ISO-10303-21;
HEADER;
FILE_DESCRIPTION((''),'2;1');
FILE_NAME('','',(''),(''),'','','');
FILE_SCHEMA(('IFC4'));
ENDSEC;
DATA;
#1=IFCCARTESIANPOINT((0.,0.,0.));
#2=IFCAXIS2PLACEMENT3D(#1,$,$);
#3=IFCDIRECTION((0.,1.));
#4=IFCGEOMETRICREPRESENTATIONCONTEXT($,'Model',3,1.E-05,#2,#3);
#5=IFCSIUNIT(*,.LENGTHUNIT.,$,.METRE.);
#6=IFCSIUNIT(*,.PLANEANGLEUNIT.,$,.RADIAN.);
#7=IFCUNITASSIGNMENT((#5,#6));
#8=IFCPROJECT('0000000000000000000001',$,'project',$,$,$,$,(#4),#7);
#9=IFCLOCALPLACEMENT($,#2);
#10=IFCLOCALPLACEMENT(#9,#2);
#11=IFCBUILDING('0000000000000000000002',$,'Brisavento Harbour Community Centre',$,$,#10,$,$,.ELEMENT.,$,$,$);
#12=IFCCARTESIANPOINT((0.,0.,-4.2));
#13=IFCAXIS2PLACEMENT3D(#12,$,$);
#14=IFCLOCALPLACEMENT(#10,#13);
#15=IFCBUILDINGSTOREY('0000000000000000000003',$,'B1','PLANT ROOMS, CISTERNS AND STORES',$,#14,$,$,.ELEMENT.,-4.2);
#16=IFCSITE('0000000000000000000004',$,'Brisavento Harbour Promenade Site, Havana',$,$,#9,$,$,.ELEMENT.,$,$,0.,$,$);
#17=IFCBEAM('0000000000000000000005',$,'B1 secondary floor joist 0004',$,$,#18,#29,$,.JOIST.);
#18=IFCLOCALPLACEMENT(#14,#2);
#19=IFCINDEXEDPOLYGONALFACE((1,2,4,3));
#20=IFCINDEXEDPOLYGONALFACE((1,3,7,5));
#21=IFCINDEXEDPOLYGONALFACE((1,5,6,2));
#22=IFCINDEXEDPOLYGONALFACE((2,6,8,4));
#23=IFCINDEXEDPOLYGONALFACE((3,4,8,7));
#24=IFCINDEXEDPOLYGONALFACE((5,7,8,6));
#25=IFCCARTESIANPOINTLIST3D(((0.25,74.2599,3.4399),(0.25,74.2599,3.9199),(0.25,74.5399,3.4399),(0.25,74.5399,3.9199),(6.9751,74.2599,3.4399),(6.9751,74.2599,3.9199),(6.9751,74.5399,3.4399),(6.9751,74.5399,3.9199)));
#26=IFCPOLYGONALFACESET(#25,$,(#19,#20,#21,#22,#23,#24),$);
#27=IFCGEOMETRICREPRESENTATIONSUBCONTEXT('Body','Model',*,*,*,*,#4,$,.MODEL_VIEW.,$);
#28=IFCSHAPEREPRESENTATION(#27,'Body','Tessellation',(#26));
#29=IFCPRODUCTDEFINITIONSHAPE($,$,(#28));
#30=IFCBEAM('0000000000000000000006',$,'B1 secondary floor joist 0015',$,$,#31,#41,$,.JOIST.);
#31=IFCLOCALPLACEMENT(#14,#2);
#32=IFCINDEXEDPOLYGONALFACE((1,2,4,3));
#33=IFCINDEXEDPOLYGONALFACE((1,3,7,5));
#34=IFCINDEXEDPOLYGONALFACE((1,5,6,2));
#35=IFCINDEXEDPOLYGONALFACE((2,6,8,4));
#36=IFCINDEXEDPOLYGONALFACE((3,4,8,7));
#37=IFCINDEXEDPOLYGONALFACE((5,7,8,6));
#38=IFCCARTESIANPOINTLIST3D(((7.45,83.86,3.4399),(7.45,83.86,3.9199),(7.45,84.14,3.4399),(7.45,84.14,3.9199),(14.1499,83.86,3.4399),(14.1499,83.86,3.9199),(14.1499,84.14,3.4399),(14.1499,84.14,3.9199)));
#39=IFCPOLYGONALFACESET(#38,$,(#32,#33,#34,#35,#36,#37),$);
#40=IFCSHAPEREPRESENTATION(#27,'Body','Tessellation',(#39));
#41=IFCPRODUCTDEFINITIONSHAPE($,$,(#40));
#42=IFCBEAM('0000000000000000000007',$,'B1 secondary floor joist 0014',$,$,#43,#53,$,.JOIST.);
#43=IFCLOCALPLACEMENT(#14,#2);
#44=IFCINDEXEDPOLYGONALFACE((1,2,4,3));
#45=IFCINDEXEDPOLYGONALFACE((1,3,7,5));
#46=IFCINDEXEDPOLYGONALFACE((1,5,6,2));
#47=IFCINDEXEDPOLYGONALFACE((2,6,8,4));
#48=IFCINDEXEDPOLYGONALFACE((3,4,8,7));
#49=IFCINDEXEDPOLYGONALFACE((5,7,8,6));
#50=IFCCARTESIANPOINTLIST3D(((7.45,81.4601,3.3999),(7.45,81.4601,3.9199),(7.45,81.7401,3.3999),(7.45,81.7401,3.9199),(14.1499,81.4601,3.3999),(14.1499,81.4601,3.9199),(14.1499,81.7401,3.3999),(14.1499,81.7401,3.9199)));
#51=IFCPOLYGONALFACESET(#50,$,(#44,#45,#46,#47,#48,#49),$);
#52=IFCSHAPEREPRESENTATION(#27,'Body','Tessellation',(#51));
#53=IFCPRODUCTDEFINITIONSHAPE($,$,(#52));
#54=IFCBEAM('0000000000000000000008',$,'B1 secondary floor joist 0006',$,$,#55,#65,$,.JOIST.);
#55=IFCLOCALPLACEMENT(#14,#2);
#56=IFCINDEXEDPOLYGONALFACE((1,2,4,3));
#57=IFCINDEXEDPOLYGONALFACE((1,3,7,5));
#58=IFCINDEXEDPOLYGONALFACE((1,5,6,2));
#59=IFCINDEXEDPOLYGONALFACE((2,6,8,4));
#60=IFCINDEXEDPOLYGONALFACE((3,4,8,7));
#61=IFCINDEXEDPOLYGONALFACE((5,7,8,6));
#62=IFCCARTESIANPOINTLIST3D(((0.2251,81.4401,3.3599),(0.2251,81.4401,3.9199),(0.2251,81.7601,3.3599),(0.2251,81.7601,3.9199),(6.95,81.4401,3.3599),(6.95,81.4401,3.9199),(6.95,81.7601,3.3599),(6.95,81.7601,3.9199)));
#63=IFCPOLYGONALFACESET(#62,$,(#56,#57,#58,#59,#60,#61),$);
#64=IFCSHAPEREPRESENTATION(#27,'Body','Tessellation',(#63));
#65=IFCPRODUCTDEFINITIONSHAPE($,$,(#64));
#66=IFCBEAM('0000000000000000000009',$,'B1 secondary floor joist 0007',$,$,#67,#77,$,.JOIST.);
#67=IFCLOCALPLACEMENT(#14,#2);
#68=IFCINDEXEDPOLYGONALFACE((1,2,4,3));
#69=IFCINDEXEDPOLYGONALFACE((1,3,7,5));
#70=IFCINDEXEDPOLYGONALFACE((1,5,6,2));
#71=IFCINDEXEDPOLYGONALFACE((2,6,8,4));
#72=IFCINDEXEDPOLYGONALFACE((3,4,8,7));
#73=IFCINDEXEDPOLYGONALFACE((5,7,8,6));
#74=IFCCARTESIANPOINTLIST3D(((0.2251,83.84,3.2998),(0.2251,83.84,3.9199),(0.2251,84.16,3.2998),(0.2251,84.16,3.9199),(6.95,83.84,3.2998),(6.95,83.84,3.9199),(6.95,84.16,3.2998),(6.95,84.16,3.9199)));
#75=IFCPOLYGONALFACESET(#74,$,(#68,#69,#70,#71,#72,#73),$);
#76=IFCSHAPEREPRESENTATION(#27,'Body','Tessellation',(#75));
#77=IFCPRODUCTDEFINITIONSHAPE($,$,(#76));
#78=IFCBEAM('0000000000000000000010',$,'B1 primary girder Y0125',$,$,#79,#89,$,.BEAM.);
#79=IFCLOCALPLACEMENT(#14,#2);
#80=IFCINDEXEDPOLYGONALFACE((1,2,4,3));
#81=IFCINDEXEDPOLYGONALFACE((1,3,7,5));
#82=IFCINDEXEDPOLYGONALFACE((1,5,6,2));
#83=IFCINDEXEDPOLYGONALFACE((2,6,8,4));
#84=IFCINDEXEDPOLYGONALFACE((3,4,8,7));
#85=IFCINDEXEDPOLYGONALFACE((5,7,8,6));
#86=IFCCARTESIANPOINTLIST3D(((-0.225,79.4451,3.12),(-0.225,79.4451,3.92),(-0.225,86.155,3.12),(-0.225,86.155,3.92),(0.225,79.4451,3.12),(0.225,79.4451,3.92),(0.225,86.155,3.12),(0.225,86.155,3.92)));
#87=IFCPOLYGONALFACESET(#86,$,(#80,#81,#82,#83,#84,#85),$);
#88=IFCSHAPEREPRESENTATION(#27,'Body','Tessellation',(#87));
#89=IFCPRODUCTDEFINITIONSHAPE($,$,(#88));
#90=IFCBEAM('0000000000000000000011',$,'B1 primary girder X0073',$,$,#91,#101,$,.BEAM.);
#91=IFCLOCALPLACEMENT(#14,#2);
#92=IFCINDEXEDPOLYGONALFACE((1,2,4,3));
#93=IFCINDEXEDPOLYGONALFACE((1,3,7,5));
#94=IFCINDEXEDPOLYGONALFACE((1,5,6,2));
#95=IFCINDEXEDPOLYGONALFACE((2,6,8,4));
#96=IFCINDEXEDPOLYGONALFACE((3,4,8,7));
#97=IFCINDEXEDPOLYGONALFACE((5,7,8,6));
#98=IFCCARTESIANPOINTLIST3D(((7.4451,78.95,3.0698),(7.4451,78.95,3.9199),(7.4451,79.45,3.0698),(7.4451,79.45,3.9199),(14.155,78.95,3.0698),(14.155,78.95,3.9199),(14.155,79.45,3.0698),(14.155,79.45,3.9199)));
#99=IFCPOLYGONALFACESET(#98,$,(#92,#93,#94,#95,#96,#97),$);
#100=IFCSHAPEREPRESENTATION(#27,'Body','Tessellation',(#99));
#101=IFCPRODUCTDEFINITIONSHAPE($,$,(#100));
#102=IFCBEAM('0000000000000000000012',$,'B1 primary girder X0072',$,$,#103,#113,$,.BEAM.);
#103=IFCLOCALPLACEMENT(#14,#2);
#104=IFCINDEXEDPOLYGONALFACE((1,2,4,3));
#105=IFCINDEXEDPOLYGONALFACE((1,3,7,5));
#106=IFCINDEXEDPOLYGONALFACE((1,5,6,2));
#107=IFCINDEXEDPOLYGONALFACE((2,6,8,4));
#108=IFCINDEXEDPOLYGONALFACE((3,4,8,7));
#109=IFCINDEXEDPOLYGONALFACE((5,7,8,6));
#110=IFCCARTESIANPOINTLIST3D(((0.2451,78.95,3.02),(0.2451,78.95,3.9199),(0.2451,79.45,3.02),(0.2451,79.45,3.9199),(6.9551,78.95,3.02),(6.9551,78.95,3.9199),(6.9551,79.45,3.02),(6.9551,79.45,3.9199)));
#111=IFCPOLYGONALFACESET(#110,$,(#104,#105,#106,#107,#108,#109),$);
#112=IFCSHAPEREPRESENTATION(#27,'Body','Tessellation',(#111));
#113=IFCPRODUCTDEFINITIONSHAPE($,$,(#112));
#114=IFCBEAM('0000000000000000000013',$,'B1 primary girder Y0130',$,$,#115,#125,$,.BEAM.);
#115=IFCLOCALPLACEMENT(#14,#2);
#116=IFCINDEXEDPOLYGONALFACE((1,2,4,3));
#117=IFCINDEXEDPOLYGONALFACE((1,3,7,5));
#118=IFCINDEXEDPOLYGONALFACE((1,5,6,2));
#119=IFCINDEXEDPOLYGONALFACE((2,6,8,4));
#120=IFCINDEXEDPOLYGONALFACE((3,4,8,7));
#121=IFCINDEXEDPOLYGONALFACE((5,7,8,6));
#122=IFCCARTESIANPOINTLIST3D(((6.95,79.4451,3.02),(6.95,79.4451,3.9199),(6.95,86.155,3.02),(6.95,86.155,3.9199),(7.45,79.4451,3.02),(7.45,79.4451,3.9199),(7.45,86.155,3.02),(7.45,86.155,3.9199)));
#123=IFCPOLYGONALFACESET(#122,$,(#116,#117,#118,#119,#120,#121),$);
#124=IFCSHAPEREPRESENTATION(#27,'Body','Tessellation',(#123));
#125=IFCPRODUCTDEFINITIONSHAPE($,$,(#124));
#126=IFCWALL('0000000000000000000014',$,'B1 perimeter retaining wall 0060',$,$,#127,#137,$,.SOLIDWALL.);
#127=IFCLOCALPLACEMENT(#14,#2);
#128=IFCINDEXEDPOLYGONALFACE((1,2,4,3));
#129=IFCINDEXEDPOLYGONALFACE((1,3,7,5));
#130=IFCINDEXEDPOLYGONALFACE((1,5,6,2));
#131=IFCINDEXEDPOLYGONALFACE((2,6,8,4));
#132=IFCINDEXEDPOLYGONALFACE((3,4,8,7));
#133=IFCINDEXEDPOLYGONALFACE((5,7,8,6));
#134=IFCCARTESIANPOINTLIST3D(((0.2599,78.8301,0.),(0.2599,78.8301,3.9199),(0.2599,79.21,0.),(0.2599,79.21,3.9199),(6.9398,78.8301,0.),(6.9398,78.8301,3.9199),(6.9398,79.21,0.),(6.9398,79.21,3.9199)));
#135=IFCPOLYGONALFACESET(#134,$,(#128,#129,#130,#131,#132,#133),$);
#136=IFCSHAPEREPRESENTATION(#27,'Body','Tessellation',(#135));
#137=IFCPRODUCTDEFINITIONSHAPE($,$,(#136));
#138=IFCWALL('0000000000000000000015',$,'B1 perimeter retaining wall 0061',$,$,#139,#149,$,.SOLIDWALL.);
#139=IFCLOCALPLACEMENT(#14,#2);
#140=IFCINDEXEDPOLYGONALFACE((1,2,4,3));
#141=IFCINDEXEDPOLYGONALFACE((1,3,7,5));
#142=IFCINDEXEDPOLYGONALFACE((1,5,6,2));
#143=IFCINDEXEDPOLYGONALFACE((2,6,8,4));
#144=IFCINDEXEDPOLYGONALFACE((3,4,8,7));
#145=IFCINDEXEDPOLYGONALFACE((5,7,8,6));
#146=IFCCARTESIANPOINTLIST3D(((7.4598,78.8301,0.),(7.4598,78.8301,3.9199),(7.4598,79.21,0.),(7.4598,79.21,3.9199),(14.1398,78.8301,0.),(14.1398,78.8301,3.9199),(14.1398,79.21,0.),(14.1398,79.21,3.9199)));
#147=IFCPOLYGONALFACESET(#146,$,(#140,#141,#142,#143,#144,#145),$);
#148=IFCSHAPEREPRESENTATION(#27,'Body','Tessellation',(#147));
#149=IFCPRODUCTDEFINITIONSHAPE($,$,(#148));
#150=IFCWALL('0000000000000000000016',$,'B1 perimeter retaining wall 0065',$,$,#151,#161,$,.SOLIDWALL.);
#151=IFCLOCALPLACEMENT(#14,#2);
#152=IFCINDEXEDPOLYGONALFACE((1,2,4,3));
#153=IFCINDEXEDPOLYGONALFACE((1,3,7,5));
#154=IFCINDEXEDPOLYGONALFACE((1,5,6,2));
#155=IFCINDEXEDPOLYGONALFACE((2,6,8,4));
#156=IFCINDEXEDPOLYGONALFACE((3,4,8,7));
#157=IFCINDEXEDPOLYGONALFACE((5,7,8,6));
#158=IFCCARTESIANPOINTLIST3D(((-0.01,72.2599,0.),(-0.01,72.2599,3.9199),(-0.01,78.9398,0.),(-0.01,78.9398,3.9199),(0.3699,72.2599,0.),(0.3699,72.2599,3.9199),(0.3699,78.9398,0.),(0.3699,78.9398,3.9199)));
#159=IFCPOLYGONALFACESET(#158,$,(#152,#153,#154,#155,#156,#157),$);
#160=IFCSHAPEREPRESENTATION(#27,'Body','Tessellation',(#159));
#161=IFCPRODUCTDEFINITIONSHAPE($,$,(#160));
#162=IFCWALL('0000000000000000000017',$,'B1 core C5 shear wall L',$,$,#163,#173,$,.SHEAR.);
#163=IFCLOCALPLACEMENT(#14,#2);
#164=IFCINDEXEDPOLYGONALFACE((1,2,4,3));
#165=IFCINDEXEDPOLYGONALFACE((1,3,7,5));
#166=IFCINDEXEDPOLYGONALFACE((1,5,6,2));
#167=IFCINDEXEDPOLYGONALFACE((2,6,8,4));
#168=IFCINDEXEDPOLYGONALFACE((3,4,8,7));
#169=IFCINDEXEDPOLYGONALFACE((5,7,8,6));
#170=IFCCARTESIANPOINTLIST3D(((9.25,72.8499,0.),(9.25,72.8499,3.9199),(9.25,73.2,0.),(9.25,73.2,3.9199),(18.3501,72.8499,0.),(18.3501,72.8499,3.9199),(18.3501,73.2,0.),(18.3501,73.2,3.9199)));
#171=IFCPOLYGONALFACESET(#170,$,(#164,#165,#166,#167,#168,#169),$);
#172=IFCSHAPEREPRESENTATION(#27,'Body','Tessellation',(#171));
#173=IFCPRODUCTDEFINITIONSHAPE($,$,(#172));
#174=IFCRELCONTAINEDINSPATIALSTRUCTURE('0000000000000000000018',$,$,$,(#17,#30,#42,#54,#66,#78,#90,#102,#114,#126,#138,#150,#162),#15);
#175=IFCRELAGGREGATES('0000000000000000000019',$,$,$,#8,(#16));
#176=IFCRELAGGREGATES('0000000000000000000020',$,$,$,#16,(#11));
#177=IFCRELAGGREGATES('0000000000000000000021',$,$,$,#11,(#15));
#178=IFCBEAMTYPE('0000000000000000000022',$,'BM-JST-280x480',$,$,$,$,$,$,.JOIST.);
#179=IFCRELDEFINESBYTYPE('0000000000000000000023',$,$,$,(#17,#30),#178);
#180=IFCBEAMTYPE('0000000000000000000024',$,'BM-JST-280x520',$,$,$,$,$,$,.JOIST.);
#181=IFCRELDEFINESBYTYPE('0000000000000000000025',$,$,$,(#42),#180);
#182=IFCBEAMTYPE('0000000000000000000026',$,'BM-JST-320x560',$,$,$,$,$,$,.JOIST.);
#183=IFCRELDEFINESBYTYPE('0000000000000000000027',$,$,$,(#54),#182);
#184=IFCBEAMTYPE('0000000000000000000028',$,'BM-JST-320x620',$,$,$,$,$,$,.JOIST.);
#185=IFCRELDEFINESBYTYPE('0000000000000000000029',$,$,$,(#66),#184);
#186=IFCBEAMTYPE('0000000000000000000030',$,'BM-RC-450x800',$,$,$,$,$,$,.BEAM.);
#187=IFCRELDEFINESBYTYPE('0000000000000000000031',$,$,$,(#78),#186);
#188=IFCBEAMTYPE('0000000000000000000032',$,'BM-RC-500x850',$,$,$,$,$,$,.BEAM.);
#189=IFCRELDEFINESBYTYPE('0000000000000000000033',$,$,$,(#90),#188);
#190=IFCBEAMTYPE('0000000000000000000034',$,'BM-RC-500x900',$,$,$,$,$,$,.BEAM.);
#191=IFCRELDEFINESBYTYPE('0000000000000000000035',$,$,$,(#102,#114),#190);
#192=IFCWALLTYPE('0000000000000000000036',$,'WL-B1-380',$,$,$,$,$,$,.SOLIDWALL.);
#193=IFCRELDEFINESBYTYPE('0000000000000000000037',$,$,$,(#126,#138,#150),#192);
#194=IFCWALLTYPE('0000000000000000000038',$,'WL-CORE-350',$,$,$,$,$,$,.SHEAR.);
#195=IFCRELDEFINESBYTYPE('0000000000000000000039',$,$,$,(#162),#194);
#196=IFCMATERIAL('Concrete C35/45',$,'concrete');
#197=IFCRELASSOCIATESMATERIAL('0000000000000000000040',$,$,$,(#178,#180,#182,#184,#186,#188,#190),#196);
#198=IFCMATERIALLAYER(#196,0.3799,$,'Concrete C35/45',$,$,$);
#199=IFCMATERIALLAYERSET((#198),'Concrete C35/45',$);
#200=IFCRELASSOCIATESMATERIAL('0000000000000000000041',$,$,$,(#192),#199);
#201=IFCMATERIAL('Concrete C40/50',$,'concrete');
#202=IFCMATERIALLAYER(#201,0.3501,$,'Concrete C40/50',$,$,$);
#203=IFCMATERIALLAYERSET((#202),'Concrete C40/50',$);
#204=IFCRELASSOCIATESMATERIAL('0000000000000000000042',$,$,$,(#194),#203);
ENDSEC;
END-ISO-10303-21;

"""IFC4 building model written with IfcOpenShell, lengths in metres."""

from ifc_helpers import new_model, si_unit, direction, frame, frame_2d, origin, origin_2d, place, context, subcontext, project, spatial, rectangle, extrude, material, layer, layer_set, material_profile, profile_set, type_object, element, save


model = new_model("IFC4")

# Units and contexts
model_context = context("Model", 3, precision=1e-05, world=origin(), true_north=direction((0.0, 1.0)))
body_context = subcontext(model_context, "Body", "Model", "MODEL_VIEW")
ifc_project = project(units=[si_unit("LENGTHUNIT", "METRE"), si_unit("PLANEANGLEUNIT", "RADIAN")], contexts=[model_context])

# Site, building, storey
site_placement = place(None, origin())
site = spatial("IfcSite", under=ifc_project, at=site_placement, Name="Brisavento Harbour Promenade Site, Havana", CompositionType="ELEMENT", RefElevation=0.0)
building_placement = place(site_placement, origin())
building = spatial("IfcBuilding", under=site, at=building_placement, Name="Brisavento Harbour Community Centre", CompositionType="ELEMENT")
storey_placement = place(building_placement, frame((0.0, 0.0, -4.2)))
storey = spatial("IfcBuildingStorey", under=building, at=storey_placement, Name="B1", Description="PLANT ROOMS, CISTERNS AND STORES", CompositionType="ELEMENT", Elevation=-4.2)

# Shared definitions
ifc_material_1 = material(Name="Concrete C35/45", Category="concrete")

# Beams
ifc_material_profile_1 = material_profile(ifc_material_1, rectangle(XDim=0.28, YDim=0.48, at=origin_2d()), Name="Concrete C35/45")
ifc_profile_set_1 = profile_set([ifc_material_profile_1], Name="Concrete C35/45")
beam_type_1 = type_object("IfcBeamType", Name="BM-JST-280x480", PredefinedType="JOIST", material=ifc_profile_set_1)
beam_1_placement = place(storey_placement, frame((0.25, 74.3999, 3.6799), z_axis=(1.0, 0.0, 0.0), x_axis=(0.0, 1.0, 0.0)))
element("IfcBeam", 1, at=beam_1_placement, inside=storey, type_object=beam_type_1, Name="B1 secondary floor joist 0004", PredefinedType="JOIST", context=body_context, shape_type="SweptSolid", body=[
    extrude(rectangle(XDim=0.28, YDim=0.48, at=origin_2d()), origin(), (0.0, 0.0, 1.0), 6.7251),
])
beam_2_placement = place(storey_placement, frame((7.45, 84.0, 3.6799), z_axis=(1.0, 0.0, 0.0), x_axis=(0.0, 1.0, 0.0)))
element("IfcBeam", 2, at=beam_2_placement, inside=storey, type_object=beam_type_1, Name="B1 secondary floor joist 0015", PredefinedType="JOIST", context=body_context, shape_type="SweptSolid", body=[
    extrude(rectangle(XDim=0.28, YDim=0.48, at=origin_2d()), origin(), (0.0, 0.0, 1.0), 6.7),
])
ifc_material_profile_2 = material_profile(ifc_material_1, rectangle(XDim=0.28, YDim=0.52, at=origin_2d()), Name="Concrete C35/45")
ifc_profile_set_2 = profile_set([ifc_material_profile_2], Name="Concrete C35/45")
beam_type_2 = type_object("IfcBeamType", Name="BM-JST-280x520", PredefinedType="JOIST", material=ifc_profile_set_2)
beam_3_placement = place(storey_placement, frame((7.45, 81.6001, 3.6599), z_axis=(1.0, 0.0, 0.0), x_axis=(0.0, 1.0, 0.0)))
element("IfcBeam", 3, at=beam_3_placement, inside=storey, type_object=beam_type_2, Name="B1 secondary floor joist 0014", PredefinedType="JOIST", context=body_context, shape_type="SweptSolid", body=[
    extrude(rectangle(XDim=0.28, YDim=0.52, at=origin_2d()), origin(), (0.0, 0.0, 1.0), 6.7),
])
ifc_material_profile_3 = material_profile(ifc_material_1, rectangle(XDim=0.3201, YDim=0.5601, at=origin_2d()), Name="Concrete C35/45")
ifc_profile_set_3 = profile_set([ifc_material_profile_3], Name="Concrete C35/45")
beam_type_3 = type_object("IfcBeamType", Name="BM-JST-320x560", PredefinedType="JOIST", material=ifc_profile_set_3)
beam_4_placement = place(storey_placement, frame((0.2251, 81.6001, 3.6399), z_axis=(1.0, 0.0, 0.0), x_axis=(0.0, 1.0, 0.0)))
element("IfcBeam", 4, at=beam_4_placement, inside=storey, type_object=beam_type_3, Name="B1 secondary floor joist 0006", PredefinedType="JOIST", context=body_context, shape_type="SweptSolid", body=[
    extrude(rectangle(XDim=0.3201, YDim=0.5601, at=origin_2d()), origin(), (0.0, 0.0, 1.0), 6.7249),
])
ifc_material_profile_4 = material_profile(ifc_material_1, rectangle(XDim=0.3201, YDim=0.6201, at=origin_2d()), Name="Concrete C35/45")
ifc_profile_set_4 = profile_set([ifc_material_profile_4], Name="Concrete C35/45")
beam_type_4 = type_object("IfcBeamType", Name="BM-JST-320x620", PredefinedType="JOIST", material=ifc_profile_set_4)
beam_5_placement = place(storey_placement, frame((0.2251, 84.0, 3.6099), z_axis=(1.0, 0.0, 0.0), x_axis=(0.0, 1.0, 0.0)))
element("IfcBeam", 5, at=beam_5_placement, inside=storey, type_object=beam_type_4, Name="B1 secondary floor joist 0007", PredefinedType="JOIST", context=body_context, shape_type="SweptSolid", body=[
    extrude(rectangle(XDim=0.3201, YDim=0.6201, at=origin_2d()), origin(), (0.0, 0.0, 1.0), 6.7249),
])
ifc_material_profile_5 = material_profile(ifc_material_1, rectangle(XDim=0.45, YDim=0.8, at=origin_2d()), Name="Concrete C35/45")
ifc_profile_set_5 = profile_set([ifc_material_profile_5], Name="Concrete C35/45")
beam_type_5 = type_object("IfcBeamType", Name="BM-RC-450x800", PredefinedType="BEAM", material=ifc_profile_set_5)
beam_6_placement = place(storey_placement, frame((0.0, 79.4451, 3.52), z_axis=(0.0, 1.0, 0.0), x_axis=(-1.0, 0.0, 0.0)))
element("IfcBeam", 6, at=beam_6_placement, inside=storey, type_object=beam_type_5, Name="B1 primary girder Y0125", PredefinedType="BEAM", context=body_context, shape_type="SweptSolid", body=[
    extrude(rectangle(XDim=0.45, YDim=0.8, at=origin_2d()), origin(), (0.0, 0.0, 1.0), 6.71),
])
ifc_material_profile_6 = material_profile(ifc_material_1, rectangle(XDim=0.5, YDim=0.8501, at=origin_2d()), Name="Concrete C35/45")
ifc_profile_set_6 = profile_set([ifc_material_profile_6], Name="Concrete C35/45")
beam_type_6 = type_object("IfcBeamType", Name="BM-RC-500x850", PredefinedType="BEAM", material=ifc_profile_set_6)
beam_7_placement = place(storey_placement, frame((7.4451, 79.2, 3.4949), z_axis=(1.0, 0.0, 0.0), x_axis=(0.0, 1.0, 0.0)))
element("IfcBeam", 7, at=beam_7_placement, inside=storey, type_object=beam_type_6, Name="B1 primary girder X0073", PredefinedType="BEAM", context=body_context, shape_type="SweptSolid", body=[
    extrude(rectangle(XDim=0.5, YDim=0.8501, at=origin_2d()), origin(), (0.0, 0.0, 1.0), 6.71),
])
ifc_material_profile_7 = material_profile(ifc_material_1, rectangle(XDim=0.5, YDim=0.8999, at=origin_2d()), Name="Concrete C35/45")
ifc_profile_set_7 = profile_set([ifc_material_profile_7], Name="Concrete C35/45")
beam_type_7 = type_object("IfcBeamType", Name="BM-RC-500x900", PredefinedType="BEAM", material=ifc_profile_set_7)
for number, where, z_axis, x_axis, name in (
    (8, (0.2451, 79.2, 3.47), (1.0, 0.0, 0.0), (0.0, 1.0, 0.0), "B1 primary girder X0072"),
    (9, (7.2, 79.4451, 3.47), (0.0, 1.0, 0.0), (-1.0, 0.0, 0.0), "B1 primary girder Y0130"),
):
    element("IfcBeam", number, at=place(storey_placement, frame(where, z_axis=z_axis, x_axis=x_axis)), inside=storey, type_object=beam_type_7, Name=name, PredefinedType="BEAM", context=body_context, shape_type="SweptSolid", body=[
        extrude(rectangle(XDim=0.5, YDim=0.8999, at=origin_2d()), origin(), (0.0, 0.0, 1.0), 6.71),
    ])

# Walls
ifc_layer_1 = layer(ifc_material_1, 0.3799, Name="Concrete C35/45")
ifc_layer_set_1 = layer_set([ifc_layer_1], Name="Concrete C35/45")
wall_type_1 = type_object("IfcWallType", Name="WL-B1-380", PredefinedType="SOLIDWALL", material=ifc_layer_set_1)
for number, where, z_axis, x_axis, name in (
    (10, (0.26, 79.02, 0.0), (0.0, 0.0, 1.0), (1.0, 0.0, 0.0), "B1 perimeter retaining wall 0060"),
    (11, (7.46, 79.02, 0.0), (0.0, 0.0, 1.0), (1.0, 0.0, 0.0), "B1 perimeter retaining wall 0061"),
    (12, (0.1799, 72.26, 0.0), (0.0, 0.0, 1.0), (0.0, 1.0, 0.0), "B1 perimeter retaining wall 0065"),
):
    element("IfcWall", number, at=place(storey_placement, frame(where, z_axis=z_axis, x_axis=x_axis)), inside=storey, type_object=wall_type_1, Name=name, PredefinedType="SOLIDWALL", context=body_context, shape_type="SweptSolid", body=[
        extrude(rectangle(XDim=6.6799, YDim=0.3799, at=frame_2d((3.3398, 0.0))), origin(), (0.0, 0.0, 1.0), 3.9199),
    ])
ifc_material_2 = material(Name="Concrete C40/50", Category="concrete")
ifc_layer_2 = layer(ifc_material_2, 0.3501, Name="Concrete C40/50")
ifc_layer_set_2 = layer_set([ifc_layer_2], Name="Concrete C40/50")
wall_type_2 = type_object("IfcWallType", Name="WL-CORE-350", PredefinedType="SHEAR", material=ifc_layer_set_2)
wall_1_placement = place(storey_placement, frame((9.25, 73.0249, 0.0), z_axis=(0.0, 0.0, 1.0), x_axis=(1.0, 0.0, 0.0)))
element("IfcWall", 13, at=wall_1_placement, inside=storey, type_object=wall_type_2, Name="B1 core C5 shear wall L", PredefinedType="SHEAR", context=body_context, shape_type="SweptSolid", body=[
    extrude(rectangle(XDim=9.1001, YDim=0.3501, at=frame_2d((4.55, 0.0))), origin(), (0.0, 0.0, 1.0), 3.9199),
])

save(model, "model.ifc")
